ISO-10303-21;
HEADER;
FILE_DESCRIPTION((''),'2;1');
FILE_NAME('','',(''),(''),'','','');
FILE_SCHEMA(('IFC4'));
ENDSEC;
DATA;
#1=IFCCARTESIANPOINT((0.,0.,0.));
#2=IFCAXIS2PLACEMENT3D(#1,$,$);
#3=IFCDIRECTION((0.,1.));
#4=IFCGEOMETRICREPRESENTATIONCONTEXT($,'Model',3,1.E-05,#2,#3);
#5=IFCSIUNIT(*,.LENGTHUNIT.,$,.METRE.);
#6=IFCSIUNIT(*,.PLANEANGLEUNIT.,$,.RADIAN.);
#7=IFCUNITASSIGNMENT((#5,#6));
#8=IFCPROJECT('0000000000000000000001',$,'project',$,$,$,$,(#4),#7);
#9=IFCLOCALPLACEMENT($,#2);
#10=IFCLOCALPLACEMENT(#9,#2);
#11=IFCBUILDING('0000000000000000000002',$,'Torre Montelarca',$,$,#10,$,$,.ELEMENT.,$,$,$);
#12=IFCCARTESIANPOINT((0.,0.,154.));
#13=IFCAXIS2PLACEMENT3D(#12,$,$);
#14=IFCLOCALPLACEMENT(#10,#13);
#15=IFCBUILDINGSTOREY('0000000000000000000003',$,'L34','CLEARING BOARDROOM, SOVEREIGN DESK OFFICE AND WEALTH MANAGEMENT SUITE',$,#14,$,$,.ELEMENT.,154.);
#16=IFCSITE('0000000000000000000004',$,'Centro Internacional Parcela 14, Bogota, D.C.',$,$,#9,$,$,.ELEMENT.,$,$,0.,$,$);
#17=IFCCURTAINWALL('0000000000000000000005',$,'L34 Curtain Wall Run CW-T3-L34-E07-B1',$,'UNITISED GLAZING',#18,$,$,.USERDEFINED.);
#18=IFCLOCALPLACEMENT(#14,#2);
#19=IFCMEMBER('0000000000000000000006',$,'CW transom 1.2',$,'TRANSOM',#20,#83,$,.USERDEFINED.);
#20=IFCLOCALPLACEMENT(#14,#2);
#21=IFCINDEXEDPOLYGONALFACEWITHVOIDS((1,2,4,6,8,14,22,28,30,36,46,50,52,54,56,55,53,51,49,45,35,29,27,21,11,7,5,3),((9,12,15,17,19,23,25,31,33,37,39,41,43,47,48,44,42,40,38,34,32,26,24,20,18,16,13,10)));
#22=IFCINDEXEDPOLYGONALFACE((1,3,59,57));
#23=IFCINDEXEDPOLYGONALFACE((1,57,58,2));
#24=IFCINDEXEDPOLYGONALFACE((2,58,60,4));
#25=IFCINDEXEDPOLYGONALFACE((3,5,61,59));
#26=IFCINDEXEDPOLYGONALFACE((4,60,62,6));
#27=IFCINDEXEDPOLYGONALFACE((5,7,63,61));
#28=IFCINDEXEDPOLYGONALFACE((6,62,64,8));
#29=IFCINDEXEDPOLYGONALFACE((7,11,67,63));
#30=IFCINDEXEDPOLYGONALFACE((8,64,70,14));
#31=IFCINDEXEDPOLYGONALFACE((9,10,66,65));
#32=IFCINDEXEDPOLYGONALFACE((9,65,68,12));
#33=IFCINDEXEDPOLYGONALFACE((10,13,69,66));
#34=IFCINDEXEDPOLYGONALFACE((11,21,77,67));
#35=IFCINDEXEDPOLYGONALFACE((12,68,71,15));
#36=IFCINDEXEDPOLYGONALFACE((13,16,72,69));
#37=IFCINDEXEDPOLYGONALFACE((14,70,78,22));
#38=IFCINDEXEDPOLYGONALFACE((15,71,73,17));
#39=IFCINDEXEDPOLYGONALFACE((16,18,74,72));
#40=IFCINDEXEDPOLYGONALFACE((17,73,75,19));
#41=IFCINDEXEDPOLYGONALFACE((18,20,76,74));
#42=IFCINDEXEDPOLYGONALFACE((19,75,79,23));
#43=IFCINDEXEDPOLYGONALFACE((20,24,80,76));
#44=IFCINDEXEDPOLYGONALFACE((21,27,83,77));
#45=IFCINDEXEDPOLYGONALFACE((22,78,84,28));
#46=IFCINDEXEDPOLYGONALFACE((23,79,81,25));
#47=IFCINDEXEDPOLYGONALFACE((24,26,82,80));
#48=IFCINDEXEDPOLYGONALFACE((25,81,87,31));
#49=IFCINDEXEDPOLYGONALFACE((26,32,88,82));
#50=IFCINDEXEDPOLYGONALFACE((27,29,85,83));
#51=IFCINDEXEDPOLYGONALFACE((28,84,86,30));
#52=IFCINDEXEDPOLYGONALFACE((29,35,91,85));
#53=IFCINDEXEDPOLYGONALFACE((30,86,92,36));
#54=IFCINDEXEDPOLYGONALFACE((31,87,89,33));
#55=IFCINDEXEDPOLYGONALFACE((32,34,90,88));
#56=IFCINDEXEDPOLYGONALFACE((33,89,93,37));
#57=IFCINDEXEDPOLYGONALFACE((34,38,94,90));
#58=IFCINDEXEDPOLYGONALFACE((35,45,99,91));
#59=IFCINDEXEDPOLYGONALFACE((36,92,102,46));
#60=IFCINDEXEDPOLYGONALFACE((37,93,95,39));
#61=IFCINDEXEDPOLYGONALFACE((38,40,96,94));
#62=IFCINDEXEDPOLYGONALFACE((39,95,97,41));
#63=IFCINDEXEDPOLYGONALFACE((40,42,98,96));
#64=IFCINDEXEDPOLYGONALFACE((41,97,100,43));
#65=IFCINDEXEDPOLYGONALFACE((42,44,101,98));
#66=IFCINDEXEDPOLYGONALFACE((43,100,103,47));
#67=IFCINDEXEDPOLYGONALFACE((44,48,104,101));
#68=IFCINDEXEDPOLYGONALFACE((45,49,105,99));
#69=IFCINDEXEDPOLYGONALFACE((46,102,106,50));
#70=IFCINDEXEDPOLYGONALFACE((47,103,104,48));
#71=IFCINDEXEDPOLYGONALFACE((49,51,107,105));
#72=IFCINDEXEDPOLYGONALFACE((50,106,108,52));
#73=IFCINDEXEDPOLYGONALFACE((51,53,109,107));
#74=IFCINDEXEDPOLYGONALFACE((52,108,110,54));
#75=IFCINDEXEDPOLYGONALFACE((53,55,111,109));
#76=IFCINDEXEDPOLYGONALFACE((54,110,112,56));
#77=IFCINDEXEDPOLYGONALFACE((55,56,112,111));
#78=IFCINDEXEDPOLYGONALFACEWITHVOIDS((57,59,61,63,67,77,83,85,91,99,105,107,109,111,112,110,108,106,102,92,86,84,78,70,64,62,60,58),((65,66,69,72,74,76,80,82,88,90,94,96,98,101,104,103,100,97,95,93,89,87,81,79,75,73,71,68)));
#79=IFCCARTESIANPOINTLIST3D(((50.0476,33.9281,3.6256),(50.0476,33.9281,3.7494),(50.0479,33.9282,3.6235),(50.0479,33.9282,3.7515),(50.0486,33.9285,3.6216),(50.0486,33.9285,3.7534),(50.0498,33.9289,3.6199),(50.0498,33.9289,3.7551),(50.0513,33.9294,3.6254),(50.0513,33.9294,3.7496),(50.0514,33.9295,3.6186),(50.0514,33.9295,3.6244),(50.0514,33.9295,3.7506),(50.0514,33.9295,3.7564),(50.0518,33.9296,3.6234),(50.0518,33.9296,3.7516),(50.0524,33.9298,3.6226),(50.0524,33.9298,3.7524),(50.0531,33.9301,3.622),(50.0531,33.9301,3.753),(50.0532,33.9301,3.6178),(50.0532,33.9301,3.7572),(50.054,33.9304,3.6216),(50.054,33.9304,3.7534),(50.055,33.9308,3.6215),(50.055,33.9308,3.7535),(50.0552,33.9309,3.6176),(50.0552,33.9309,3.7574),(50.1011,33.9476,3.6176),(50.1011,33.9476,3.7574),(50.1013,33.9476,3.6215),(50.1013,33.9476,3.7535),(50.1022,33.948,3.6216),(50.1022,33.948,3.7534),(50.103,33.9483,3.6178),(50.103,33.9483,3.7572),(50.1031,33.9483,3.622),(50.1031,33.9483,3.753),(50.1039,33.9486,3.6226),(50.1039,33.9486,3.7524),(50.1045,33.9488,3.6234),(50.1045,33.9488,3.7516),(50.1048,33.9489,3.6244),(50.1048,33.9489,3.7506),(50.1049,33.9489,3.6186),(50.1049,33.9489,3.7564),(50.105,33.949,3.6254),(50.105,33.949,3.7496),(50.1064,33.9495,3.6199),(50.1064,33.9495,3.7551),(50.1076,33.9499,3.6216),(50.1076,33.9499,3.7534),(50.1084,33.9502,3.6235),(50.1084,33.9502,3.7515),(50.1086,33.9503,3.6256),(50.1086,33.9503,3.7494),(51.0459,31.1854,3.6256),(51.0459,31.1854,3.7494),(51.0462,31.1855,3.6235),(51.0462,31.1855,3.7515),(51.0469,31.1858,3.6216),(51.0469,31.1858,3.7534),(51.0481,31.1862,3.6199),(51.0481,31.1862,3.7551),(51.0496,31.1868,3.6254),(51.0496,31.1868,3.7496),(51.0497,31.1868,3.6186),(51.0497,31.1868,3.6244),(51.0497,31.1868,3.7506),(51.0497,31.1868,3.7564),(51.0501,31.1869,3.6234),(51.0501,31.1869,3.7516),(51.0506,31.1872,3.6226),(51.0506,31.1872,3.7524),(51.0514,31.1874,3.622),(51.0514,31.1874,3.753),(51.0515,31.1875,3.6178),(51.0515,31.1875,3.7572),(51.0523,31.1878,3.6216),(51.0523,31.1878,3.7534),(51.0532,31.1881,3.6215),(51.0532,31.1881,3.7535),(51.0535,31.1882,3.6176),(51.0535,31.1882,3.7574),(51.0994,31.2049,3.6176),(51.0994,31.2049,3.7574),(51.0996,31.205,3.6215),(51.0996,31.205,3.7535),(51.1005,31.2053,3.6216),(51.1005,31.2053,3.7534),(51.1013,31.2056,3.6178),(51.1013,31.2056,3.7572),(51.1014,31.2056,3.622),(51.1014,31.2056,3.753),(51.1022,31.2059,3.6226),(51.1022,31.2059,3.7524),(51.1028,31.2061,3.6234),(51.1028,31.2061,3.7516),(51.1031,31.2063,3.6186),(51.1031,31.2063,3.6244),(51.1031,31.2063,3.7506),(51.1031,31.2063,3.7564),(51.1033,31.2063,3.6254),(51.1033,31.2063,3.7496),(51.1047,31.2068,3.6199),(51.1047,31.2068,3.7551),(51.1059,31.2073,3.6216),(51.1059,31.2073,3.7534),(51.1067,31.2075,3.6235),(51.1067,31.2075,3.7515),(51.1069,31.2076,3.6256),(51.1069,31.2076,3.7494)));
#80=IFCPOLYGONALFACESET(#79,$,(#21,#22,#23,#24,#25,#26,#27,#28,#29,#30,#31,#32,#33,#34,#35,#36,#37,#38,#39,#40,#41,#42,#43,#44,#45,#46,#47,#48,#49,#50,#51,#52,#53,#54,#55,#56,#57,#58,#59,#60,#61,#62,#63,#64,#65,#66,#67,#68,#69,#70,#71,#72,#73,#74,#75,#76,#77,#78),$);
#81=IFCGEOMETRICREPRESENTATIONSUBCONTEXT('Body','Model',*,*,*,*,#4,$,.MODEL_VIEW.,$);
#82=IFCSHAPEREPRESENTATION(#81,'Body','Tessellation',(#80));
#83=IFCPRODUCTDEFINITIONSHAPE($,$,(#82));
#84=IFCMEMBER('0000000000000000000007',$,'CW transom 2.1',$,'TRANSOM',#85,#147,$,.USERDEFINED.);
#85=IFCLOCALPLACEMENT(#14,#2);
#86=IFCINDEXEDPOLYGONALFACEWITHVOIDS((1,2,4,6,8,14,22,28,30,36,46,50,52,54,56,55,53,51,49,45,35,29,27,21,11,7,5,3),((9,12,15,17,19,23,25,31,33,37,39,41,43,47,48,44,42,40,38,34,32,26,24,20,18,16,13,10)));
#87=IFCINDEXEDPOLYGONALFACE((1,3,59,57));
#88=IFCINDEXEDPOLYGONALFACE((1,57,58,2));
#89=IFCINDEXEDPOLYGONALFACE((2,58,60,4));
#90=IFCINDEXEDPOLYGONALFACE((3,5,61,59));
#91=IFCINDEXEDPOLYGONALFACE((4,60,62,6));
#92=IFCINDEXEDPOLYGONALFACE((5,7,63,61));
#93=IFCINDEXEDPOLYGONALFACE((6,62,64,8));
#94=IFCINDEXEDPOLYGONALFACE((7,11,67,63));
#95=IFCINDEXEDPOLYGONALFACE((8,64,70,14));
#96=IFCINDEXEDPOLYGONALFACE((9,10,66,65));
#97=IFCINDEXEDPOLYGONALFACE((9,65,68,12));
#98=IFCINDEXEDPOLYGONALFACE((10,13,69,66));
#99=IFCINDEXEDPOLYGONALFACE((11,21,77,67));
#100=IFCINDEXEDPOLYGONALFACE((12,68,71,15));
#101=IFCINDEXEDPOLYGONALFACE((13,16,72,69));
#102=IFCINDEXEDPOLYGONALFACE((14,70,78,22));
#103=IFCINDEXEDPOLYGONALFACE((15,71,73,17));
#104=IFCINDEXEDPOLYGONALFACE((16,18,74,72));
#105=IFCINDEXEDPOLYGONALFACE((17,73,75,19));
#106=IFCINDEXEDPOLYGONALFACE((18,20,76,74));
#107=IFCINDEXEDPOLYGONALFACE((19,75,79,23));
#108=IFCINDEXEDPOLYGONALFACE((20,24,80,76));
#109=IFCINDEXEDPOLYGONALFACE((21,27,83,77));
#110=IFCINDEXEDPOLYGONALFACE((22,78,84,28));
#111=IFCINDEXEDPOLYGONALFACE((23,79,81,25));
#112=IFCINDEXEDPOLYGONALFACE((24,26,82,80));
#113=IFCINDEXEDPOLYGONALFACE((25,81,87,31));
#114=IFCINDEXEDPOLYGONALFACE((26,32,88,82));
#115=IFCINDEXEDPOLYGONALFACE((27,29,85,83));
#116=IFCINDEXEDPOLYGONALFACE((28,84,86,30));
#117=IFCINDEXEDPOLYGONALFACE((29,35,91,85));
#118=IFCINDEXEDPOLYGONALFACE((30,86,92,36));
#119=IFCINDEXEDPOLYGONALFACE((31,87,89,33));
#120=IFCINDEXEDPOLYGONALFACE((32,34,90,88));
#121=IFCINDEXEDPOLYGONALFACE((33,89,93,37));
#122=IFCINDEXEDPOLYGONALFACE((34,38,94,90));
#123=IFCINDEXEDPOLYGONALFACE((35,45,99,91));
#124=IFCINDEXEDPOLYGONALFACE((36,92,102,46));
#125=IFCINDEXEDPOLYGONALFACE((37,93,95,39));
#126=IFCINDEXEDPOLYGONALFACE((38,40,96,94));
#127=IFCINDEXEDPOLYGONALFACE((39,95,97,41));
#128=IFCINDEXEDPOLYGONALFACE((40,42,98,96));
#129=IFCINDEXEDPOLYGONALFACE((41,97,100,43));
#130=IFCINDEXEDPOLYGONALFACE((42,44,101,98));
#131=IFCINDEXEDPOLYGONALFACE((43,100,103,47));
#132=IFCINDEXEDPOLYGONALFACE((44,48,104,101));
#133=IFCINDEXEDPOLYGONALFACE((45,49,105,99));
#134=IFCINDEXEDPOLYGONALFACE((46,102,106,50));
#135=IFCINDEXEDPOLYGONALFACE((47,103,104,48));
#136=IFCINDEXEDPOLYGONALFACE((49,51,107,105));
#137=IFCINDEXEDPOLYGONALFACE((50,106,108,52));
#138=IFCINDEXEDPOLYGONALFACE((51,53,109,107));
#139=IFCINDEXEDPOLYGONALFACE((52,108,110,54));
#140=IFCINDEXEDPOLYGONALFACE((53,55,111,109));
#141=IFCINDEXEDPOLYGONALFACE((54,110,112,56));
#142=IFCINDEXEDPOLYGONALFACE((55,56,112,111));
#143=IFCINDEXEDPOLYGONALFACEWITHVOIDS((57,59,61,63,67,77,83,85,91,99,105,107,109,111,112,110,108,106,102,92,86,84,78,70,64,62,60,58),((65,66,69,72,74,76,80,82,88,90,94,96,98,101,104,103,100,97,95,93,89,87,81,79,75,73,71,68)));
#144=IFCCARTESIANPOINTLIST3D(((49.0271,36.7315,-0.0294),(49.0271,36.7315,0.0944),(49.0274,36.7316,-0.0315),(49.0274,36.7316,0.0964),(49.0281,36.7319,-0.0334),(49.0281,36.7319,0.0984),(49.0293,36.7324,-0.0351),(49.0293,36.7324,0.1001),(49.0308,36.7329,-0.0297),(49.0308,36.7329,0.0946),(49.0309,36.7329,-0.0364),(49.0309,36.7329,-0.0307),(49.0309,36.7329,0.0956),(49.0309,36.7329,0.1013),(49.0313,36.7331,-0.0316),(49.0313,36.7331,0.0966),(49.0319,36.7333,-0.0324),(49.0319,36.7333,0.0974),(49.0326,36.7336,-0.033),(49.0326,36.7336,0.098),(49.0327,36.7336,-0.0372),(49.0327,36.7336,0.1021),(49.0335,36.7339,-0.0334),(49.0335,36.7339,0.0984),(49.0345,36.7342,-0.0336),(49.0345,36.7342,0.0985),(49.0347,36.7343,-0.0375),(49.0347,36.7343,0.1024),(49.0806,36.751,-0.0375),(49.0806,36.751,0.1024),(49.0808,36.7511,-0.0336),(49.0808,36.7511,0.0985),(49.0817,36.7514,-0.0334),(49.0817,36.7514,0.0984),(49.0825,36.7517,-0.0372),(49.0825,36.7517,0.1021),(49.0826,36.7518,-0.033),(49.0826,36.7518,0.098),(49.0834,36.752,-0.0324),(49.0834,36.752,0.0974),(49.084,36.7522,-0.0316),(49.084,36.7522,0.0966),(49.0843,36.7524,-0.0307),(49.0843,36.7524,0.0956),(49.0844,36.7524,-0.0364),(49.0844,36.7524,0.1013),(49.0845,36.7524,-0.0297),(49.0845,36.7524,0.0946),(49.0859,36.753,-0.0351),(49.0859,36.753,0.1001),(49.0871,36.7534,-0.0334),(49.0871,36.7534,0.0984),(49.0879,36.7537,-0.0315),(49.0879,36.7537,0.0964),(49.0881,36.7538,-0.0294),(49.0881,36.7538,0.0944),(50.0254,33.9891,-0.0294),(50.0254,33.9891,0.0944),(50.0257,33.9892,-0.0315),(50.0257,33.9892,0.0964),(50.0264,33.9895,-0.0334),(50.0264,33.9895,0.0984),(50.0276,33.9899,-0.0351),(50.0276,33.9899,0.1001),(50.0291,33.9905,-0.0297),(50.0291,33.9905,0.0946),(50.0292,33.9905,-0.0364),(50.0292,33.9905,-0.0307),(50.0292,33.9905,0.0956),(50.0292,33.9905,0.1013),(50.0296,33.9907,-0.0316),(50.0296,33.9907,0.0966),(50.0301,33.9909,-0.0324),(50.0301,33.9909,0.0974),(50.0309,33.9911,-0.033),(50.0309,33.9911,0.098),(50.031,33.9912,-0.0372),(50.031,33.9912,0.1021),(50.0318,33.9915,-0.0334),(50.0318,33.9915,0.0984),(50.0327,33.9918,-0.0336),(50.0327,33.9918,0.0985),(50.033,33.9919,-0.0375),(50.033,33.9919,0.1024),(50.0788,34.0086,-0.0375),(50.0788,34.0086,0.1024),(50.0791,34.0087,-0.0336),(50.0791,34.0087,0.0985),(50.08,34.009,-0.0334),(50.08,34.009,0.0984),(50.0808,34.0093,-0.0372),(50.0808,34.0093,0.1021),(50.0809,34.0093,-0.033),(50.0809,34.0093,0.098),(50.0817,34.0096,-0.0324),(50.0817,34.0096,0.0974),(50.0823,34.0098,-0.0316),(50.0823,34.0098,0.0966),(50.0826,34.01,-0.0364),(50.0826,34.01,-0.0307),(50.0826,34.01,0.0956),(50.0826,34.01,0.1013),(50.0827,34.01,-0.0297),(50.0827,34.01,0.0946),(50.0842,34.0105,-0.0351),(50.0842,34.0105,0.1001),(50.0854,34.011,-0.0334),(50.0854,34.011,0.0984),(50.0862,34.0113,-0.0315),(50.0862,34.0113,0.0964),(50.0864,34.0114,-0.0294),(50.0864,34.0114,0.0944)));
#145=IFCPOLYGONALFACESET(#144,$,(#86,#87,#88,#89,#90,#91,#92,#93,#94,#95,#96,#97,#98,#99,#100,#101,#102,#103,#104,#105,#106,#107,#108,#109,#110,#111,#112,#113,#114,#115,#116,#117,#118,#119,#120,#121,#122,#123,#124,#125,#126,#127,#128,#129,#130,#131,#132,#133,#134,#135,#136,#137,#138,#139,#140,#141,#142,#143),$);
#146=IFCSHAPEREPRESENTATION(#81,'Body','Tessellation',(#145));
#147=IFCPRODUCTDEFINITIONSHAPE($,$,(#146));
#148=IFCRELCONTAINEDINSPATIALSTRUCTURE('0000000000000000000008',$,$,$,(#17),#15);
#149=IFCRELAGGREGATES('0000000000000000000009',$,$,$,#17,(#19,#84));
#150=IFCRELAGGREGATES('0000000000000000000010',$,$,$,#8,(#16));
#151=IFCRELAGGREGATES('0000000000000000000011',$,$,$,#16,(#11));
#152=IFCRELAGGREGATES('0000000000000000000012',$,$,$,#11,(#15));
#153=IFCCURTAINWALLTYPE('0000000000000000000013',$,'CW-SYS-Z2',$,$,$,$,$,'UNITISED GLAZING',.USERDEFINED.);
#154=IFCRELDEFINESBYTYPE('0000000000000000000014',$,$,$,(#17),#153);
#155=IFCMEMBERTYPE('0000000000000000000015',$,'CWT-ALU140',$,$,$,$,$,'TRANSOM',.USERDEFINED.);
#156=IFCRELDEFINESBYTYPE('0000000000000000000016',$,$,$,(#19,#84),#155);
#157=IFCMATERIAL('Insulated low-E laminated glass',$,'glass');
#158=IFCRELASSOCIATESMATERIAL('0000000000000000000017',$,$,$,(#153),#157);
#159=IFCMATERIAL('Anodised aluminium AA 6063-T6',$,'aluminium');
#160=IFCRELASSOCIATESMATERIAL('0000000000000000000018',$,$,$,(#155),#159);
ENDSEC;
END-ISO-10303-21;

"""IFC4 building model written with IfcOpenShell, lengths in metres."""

from ifc_helpers import new_model, si_unit, direction, frame, origin, origin_2d, place, context, subcontext, project, spatial, hollow_rectangle, extrude, source, transform, mapped, material, material_profile, profile_set, type_object, element, aggregate, save


model = new_model("IFC4")

# Units and contexts
model_context = context("Model", 3, precision=1e-05, world=origin(), true_north=direction((0.0, 1.0)))
body_context = subcontext(model_context, "Body", "Model", "MODEL_VIEW")
ifc_project = project(units=[si_unit("LENGTHUNIT", "METRE"), si_unit("PLANEANGLEUNIT", "RADIAN")], contexts=[model_context])

# Site, building, storey
site_placement = place(None, origin())
site = spatial("IfcSite", under=ifc_project, at=site_placement, Name="Centro Internacional Parcela 14, Bogota, D.C.", CompositionType="ELEMENT", RefElevation=0.0)
building_placement = place(site_placement, origin())
building = spatial("IfcBuilding", under=site, at=building_placement, Name="Torre Montelarca", CompositionType="ELEMENT")
storey_placement = place(building_placement, frame((0.0, 0.0, 154.0)))
storey = spatial("IfcBuildingStorey", under=building, at=storey_placement, Name="L34", Description="CLEARING BOARDROOM, SOVEREIGN DESK OFFICE AND WEALTH MANAGEMENT SUITE", CompositionType="ELEMENT", Elevation=154.0)

# Curtain wall, members
ifc_material_1 = material(Name="Insulated low-E laminated glass", Category="glass")
curtain_wall_type = type_object("IfcCurtainWallType", Name="CW-SYS-Z2", ElementType="UNITISED GLAZING", PredefinedType="USERDEFINED", material=ifc_material_1)
curtain_wall_1_placement = place(storey_placement, origin())
curtain_wall_1 = element("IfcCurtainWall", 1, at=curtain_wall_1_placement, inside=storey, type_object=curtain_wall_type, Name="L34 Curtain Wall Run CW-T3-L34-E07-B1", ObjectType="UNITISED GLAZING", PredefinedType="USERDEFINED")
ifc_material_2 = material(Name="Anodised aluminium AA 6063-T6", Category="aluminium")
ifc_material_profile_1 = material_profile(ifc_material_2, hollow_rectangle(XDim=0.0649, YDim=0.1399, WallThickness=0.0039, InnerFilletRadius=0.0039, OuterFilletRadius=0.0081, at=origin_2d()), Name="ALU65X140X4", Category="aluminium")
ifc_profile_set_1 = profile_set([ifc_material_profile_1], Name="Anodised aluminium AA 6063-T6")
member_type_1 = type_object("IfcMemberType", Name="CWT-ALU140", ElementType="TRANSOM", PredefinedType="USERDEFINED", material=ifc_profile_set_1)
shared_shape_1 = source(origin(), body_context, "Body", "SweptSolid", [
    extrude(hollow_rectangle(XDim=0.0649, YDim=0.1399, WallThickness=0.0039, InnerFilletRadius=0.0039, OuterFilletRadius=0.0081, at=origin_2d()), origin(), (0.0, 0.0, 1.0), 2.9187),
])
member_1_placement = place(storey_placement, frame((51.0764, 31.1965, 3.6875), z_axis=(-0.342032, 0.939688, 0.0), x_axis=(-0.939688, -0.342032, 0.0)))
member_1 = element("IfcMember", 2, at=member_1_placement, type_object=member_type_1, Name="CW transom 1.2", ObjectType="TRANSOM", PredefinedType="USERDEFINED", context=body_context, shape_type="MappedRepresentation", body=[
    mapped(shared_shape_1, transform((0.0, 0.0, 0.0), scale=1.0)),
])
shared_shape_2 = source(origin(), body_context, "Body", "SweptSolid", [
    extrude(hollow_rectangle(XDim=0.0649, YDim=0.1399, WallThickness=0.0039, InnerFilletRadius=0.0039, OuterFilletRadius=0.0081, at=origin_2d()), origin(), (0.0, 0.0, 1.0), 2.9185),
])
member_2_placement = place(storey_placement, frame((50.0559, 34.0002, 0.0325), z_axis=(-0.342059, 0.939679, 0.0), x_axis=(-0.939679, -0.342059, 0.0)))
member_2 = element("IfcMember", 3, at=member_2_placement, type_object=member_type_1, Name="CW transom 2.1", ObjectType="TRANSOM", PredefinedType="USERDEFINED", context=body_context, shape_type="MappedRepresentation", body=[
    mapped(shared_shape_2, transform((0.0, 0.0, 0.0), scale=1.0)),
])

aggregate(curtain_wall_1, [member_1, member_2])

save(model, "model.ifc")
